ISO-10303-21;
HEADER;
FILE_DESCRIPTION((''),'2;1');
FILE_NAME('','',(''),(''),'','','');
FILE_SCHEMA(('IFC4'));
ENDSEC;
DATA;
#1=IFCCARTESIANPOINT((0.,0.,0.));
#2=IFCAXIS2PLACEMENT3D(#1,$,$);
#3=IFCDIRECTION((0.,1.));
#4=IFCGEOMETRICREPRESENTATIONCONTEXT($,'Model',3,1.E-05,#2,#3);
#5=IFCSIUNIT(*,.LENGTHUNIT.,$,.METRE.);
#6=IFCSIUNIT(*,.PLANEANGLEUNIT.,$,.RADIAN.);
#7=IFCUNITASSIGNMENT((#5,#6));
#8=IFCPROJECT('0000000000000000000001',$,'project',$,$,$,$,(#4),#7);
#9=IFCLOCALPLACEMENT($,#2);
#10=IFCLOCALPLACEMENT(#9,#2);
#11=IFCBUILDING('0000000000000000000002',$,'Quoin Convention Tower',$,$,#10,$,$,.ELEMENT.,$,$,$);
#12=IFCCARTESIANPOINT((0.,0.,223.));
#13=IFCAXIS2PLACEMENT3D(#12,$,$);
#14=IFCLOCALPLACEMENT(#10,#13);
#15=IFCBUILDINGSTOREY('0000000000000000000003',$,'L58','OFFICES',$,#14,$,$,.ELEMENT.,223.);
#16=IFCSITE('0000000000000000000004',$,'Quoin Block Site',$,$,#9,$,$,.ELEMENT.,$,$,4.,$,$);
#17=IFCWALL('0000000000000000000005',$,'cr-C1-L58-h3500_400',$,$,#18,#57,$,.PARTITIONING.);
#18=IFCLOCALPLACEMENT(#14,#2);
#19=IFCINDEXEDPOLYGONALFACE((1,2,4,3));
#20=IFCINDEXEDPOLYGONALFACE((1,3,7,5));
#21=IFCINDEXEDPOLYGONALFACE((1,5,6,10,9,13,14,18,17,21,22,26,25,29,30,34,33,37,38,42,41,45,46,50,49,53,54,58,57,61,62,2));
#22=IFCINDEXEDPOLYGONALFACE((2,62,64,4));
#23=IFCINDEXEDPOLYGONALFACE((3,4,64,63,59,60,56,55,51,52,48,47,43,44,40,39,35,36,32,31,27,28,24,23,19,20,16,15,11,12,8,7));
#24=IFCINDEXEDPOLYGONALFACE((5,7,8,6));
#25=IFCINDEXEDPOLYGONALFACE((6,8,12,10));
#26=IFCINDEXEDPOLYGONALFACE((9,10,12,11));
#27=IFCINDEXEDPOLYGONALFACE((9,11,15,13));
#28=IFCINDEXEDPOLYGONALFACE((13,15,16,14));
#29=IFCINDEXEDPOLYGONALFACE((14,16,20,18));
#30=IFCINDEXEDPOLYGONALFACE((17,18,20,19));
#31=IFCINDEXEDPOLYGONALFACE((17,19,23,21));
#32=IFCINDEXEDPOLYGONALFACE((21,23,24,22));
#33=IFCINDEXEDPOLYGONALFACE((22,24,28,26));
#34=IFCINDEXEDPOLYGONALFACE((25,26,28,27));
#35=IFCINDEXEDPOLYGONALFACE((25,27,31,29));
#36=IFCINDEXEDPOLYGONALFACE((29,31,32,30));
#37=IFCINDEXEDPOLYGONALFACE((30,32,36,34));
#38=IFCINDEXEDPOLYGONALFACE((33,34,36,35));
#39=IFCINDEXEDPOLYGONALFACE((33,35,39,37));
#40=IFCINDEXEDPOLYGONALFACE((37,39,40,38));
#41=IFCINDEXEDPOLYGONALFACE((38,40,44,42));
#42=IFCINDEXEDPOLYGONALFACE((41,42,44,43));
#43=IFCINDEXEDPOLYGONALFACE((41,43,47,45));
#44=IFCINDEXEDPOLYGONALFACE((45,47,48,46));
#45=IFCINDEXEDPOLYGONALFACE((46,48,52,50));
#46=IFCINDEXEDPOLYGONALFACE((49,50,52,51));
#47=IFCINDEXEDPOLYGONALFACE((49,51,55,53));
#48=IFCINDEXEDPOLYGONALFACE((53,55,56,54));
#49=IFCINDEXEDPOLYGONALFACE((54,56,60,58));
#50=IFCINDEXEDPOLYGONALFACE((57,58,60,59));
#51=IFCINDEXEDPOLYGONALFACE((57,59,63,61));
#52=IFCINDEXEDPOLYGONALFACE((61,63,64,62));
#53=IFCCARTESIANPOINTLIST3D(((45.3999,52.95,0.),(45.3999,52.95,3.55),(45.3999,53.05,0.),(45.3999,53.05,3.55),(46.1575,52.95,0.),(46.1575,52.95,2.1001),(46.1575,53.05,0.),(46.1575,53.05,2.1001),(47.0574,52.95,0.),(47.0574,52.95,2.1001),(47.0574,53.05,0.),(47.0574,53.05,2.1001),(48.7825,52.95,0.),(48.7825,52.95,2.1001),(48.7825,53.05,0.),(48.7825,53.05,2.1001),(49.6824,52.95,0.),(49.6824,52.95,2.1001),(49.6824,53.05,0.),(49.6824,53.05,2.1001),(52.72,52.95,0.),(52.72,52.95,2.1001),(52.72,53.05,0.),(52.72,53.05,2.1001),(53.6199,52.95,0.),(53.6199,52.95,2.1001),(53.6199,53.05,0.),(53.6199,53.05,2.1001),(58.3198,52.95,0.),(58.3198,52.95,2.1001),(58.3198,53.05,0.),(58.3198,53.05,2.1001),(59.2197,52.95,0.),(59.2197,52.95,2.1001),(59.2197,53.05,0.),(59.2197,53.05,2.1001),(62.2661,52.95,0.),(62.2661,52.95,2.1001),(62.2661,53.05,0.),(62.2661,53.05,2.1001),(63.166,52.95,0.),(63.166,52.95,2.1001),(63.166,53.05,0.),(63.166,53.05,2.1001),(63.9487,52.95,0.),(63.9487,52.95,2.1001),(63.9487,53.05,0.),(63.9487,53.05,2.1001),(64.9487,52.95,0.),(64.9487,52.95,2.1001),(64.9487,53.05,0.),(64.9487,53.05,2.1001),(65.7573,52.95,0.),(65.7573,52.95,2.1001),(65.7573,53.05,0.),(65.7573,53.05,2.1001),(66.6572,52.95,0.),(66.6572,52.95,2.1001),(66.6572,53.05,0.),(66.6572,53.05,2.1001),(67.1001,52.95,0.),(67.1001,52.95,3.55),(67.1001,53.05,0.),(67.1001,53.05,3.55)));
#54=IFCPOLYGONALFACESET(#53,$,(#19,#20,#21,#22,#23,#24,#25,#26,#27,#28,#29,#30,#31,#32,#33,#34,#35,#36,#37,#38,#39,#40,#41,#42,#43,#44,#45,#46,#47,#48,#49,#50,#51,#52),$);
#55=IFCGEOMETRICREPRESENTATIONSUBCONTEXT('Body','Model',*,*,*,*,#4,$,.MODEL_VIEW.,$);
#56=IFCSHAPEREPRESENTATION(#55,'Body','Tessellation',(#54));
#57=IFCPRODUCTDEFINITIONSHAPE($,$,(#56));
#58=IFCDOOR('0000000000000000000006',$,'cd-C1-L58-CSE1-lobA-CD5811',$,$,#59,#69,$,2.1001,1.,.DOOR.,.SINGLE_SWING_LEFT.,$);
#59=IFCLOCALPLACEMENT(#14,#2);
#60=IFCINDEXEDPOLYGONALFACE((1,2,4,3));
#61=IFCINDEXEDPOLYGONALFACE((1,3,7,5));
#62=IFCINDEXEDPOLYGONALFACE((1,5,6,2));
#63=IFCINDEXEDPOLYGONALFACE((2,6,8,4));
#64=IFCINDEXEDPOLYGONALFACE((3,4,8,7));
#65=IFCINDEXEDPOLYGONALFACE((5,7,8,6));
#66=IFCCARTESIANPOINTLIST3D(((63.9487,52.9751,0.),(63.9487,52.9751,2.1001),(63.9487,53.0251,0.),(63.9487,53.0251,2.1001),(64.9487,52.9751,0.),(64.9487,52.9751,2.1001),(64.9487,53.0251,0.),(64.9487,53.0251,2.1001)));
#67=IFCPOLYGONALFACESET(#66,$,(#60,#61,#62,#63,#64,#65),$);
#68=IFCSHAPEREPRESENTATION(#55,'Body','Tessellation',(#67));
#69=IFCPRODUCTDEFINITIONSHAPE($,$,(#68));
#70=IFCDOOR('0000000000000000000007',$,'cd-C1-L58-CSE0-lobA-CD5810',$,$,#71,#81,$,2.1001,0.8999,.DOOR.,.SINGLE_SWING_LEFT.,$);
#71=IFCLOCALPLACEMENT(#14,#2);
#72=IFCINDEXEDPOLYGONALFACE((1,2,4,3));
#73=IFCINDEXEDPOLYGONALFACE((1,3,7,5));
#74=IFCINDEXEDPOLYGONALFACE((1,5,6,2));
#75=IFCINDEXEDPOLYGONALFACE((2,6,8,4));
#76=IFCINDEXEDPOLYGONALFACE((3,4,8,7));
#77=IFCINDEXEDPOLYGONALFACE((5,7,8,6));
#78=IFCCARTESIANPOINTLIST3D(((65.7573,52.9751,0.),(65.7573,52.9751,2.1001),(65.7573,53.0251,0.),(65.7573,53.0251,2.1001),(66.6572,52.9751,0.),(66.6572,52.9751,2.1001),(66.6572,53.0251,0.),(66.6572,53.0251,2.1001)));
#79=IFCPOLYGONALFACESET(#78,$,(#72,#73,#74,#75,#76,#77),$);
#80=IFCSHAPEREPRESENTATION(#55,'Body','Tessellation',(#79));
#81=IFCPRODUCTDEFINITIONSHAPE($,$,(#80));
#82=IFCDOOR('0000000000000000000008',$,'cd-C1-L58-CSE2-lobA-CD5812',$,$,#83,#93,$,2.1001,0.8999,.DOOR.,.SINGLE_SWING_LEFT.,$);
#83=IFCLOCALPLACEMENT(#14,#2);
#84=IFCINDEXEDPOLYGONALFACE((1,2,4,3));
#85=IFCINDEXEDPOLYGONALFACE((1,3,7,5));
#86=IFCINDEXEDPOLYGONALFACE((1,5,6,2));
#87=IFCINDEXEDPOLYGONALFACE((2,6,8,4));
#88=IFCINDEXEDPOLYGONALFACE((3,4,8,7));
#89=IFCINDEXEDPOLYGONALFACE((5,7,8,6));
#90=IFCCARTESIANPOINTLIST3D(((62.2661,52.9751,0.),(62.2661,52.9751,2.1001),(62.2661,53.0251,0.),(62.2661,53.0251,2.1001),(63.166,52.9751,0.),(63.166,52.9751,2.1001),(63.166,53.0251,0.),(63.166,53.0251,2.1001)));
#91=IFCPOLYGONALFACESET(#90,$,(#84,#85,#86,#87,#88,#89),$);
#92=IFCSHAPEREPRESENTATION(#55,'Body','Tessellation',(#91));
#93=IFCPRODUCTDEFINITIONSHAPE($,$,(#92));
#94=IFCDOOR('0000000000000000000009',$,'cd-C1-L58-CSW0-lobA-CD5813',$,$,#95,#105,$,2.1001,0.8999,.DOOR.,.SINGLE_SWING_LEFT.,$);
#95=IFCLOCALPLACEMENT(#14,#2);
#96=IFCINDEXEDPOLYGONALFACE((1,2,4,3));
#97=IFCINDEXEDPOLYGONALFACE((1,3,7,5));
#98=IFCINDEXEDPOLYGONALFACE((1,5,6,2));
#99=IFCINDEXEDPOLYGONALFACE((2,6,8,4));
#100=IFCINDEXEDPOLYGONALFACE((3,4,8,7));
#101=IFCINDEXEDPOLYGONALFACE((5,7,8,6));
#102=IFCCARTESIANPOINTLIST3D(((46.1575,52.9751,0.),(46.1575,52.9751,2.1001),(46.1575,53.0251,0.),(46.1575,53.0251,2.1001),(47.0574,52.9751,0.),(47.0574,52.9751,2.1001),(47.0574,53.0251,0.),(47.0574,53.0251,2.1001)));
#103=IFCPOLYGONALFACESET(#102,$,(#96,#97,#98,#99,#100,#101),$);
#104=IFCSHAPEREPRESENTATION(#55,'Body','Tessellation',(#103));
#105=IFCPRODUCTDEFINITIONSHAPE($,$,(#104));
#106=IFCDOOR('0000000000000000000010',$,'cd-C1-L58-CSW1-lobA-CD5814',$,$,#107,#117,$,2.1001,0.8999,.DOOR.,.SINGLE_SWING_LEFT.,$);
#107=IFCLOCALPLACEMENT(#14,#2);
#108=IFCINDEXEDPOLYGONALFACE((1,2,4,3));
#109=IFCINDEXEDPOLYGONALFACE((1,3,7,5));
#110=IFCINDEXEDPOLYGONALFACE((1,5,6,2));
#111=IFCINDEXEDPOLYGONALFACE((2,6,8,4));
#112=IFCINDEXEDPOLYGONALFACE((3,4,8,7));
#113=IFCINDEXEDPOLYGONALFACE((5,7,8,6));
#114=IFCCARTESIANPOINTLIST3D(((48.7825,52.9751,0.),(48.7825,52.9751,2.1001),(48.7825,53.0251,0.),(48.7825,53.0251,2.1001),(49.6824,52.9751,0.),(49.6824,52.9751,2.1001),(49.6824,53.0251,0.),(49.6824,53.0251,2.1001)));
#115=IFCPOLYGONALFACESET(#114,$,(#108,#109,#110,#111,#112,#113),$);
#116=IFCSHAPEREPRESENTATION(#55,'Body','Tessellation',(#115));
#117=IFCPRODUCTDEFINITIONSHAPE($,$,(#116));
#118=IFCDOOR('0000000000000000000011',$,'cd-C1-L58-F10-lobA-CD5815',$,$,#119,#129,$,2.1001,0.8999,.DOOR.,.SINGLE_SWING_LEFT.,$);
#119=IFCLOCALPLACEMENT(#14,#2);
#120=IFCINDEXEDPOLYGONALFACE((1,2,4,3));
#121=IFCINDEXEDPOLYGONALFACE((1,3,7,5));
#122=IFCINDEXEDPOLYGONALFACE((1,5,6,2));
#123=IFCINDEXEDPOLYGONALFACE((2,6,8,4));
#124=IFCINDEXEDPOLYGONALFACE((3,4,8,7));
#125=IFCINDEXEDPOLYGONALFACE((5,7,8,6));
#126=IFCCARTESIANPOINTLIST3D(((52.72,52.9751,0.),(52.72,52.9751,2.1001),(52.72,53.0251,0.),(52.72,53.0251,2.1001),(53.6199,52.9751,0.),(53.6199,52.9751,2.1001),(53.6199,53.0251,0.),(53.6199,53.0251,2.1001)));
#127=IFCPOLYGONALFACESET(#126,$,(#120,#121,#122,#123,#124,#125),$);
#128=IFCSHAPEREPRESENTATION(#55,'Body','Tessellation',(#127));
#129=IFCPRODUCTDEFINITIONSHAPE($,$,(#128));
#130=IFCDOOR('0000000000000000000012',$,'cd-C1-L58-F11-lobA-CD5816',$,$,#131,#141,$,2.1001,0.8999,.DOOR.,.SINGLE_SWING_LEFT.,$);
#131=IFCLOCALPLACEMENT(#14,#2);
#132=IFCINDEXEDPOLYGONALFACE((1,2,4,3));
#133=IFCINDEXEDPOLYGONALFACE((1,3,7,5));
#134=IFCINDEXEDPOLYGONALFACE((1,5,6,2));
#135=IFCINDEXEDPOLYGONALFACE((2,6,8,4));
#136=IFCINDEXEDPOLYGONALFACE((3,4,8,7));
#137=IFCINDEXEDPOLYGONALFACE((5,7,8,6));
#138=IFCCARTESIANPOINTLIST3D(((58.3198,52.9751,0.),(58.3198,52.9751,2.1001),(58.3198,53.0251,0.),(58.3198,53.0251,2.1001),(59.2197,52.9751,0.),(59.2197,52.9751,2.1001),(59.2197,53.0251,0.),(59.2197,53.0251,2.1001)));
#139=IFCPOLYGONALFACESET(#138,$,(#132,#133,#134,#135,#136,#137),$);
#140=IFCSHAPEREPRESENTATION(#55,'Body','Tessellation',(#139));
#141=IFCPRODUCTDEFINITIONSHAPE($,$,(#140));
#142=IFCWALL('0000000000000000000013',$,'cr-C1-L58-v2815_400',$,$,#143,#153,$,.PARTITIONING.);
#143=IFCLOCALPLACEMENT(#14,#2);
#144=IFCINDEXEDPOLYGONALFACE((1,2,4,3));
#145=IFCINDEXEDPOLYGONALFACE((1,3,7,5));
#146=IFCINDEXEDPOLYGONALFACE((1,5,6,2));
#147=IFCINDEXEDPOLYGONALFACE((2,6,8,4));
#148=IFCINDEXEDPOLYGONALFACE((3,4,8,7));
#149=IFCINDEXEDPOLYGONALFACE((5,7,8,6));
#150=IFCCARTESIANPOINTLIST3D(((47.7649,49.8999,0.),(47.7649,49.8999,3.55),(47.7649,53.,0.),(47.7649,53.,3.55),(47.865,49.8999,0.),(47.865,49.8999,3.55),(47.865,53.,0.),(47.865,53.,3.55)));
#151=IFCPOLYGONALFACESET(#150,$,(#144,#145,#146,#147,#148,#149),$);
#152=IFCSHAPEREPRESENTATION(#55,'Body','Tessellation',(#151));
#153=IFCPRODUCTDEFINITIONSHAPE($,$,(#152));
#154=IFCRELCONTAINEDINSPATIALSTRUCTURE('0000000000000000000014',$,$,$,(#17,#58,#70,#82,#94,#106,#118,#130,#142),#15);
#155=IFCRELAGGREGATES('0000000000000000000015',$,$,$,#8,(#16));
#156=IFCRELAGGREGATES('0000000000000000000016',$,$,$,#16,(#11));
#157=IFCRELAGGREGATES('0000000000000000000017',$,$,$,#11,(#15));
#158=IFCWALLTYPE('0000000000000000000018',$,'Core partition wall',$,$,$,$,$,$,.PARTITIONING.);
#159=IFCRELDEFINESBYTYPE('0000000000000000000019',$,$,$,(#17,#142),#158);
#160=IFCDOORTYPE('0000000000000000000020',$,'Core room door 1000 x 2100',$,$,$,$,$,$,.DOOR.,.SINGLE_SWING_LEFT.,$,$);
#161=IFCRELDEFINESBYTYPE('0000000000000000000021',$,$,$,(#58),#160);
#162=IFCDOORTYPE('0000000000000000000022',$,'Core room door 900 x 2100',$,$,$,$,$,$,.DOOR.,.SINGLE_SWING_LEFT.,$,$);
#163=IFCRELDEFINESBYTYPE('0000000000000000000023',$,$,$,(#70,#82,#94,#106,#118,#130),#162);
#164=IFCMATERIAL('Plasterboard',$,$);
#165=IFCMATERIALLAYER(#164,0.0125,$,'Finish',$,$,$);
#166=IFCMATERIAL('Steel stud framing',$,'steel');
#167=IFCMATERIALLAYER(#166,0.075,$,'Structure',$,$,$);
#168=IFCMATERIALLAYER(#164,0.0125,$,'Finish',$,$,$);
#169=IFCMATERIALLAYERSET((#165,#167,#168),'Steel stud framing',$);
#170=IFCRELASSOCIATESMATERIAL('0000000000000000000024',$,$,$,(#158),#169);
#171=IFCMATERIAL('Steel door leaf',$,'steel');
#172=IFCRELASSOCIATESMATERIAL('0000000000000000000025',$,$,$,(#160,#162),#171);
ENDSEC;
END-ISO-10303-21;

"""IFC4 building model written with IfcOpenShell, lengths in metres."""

from ifc_helpers import new_model, si_unit, direction, frame, frame_2d, origin, place, context, subcontext, project, spatial, rectangle, extrude, material, layer, layer_set, type_object, element, fill, save


model = new_model("IFC4")

# Units and contexts
model_context = context("Model", 3, precision=1e-05, world=origin(), true_north=direction((0.0, 1.0)))
body_context = subcontext(model_context, "Body", "Model", "MODEL_VIEW")
ifc_project = project(units=[si_unit("LENGTHUNIT", "METRE"), si_unit("PLANEANGLEUNIT", "RADIAN")], contexts=[model_context])

# Site, building, storey
site_placement = place(None, origin())
site = spatial("IfcSite", under=ifc_project, at=site_placement, Name="Quoin Block Site", CompositionType="ELEMENT", RefElevation=4.0)
building_placement = place(site_placement, origin())
building = spatial("IfcBuilding", under=site, at=building_placement, Name="Quoin Convention Tower", CompositionType="ELEMENT")
storey_placement = place(building_placement, frame((0.0, 0.0, 223.0)))
storey = spatial("IfcBuildingStorey", under=building, at=storey_placement, Name="L58", Description="OFFICES", CompositionType="ELEMENT", Elevation=223.0)

# Wall, openings, doors
ifc_material_1 = material(Name="Plasterboard")
ifc_layer_1 = layer(ifc_material_1, 0.0125, Name="Finish")
ifc_material_2 = material(Name="Steel stud framing", Category="steel")
ifc_layer_2 = layer(ifc_material_2, 0.075, Name="Structure")
ifc_layer_3 = layer(ifc_material_1, 0.0125, Name="Finish")
ifc_layer_set_1 = layer_set([ifc_layer_1, ifc_layer_2, ifc_layer_3], Name="Steel stud framing")
wall_type_1 = type_object("IfcWallType", Name="Core partition wall", PredefinedType="PARTITIONING", material=ifc_layer_set_1)
wall_1_placement = place(storey_placement, frame((45.3999, 53.0, 0.0), z_axis=(0.0, 0.0, 1.0), x_axis=(1.0, 0.0, 0.0)))
wall_1 = element("IfcWall", 1, at=wall_1_placement, inside=storey, type_object=wall_type_1, Name="cr-C1-L58-h3500_400", PredefinedType="PARTITIONING", context=body_context, shape_type="SweptSolid", body=[
    extrude(rectangle(XDim=21.7002, YDim=0.1001, at=frame_2d((10.8501, 0.0))), origin(), (0.0, 0.0, 1.0), 3.55),
])
opening_1_placement = place(wall_1_placement, frame((20.3574, 0.0, 0.0)))
opening_1 = element("IfcOpeningElement", 2, at=opening_1_placement, cuts=wall_1, PredefinedType="OPENING", context=body_context, shape_type="SweptSolid", body=[
    extrude(rectangle(XDim=0.8999, YDim=2.1001, at=frame_2d((0.45, 1.05))), frame((0.0, 0.0601, 0.0), z_axis=(0.0, -1.0, 0.0), x_axis=(1.0, 0.0, 0.0)), (0.0, 0.0, 1.0), 0.1201),
])
opening_2_placement = place(wall_1_placement, frame((18.5488, 0.0, 0.0)))
opening_2 = element("IfcOpeningElement", 3, at=opening_2_placement, cuts=wall_1, PredefinedType="OPENING", context=body_context, shape_type="SweptSolid", body=[
    extrude(rectangle(XDim=1.0, YDim=2.1001, at=frame_2d((0.5, 1.05))), frame((0.0, 0.0601, 0.0), z_axis=(0.0, -1.0, 0.0), x_axis=(1.0, 0.0, 0.0)), (0.0, 0.0, 1.0), 0.1201),
])
opening_3_placement = place(wall_1_placement, frame((16.8662, 0.0, 0.0)))
opening_3 = element("IfcOpeningElement", 4, at=opening_3_placement, cuts=wall_1, PredefinedType="OPENING", context=body_context, shape_type="SweptSolid", body=[
    extrude(rectangle(XDim=0.8999, YDim=2.1001, at=frame_2d((0.45, 1.05))), frame((0.0, 0.0601, 0.0), z_axis=(0.0, -1.0, 0.0), x_axis=(1.0, 0.0, 0.0)), (0.0, 0.0, 1.0), 0.1201),
])
opening_4_placement = place(wall_1_placement, frame((0.7576, 0.0, 0.0)))
opening_4 = element("IfcOpeningElement", 5, at=opening_4_placement, cuts=wall_1, PredefinedType="OPENING", context=body_context, shape_type="SweptSolid", body=[
    extrude(rectangle(XDim=0.8999, YDim=2.1001, at=frame_2d((0.45, 1.05))), frame((0.0, 0.0601, 0.0), z_axis=(0.0, -1.0, 0.0), x_axis=(1.0, 0.0, 0.0)), (0.0, 0.0, 1.0), 0.1201),
])
opening_5_placement = place(wall_1_placement, frame((3.3826, 0.0, 0.0)))
opening_5 = element("IfcOpeningElement", 6, at=opening_5_placement, cuts=wall_1, PredefinedType="OPENING", context=body_context, shape_type="SweptSolid", body=[
    extrude(rectangle(XDim=0.8999, YDim=2.1001, at=frame_2d((0.45, 1.05))), frame((0.0, 0.0601, 0.0), z_axis=(0.0, -1.0, 0.0), x_axis=(1.0, 0.0, 0.0)), (0.0, 0.0, 1.0), 0.1201),
])
opening_6_placement = place(wall_1_placement, frame((7.3201, 0.0, 0.0)))
opening_6 = element("IfcOpeningElement", 7, at=opening_6_placement, cuts=wall_1, PredefinedType="OPENING", context=body_context, shape_type="SweptSolid", body=[
    extrude(rectangle(XDim=0.8999, YDim=2.1001, at=frame_2d((0.45, 1.05))), frame((0.0, 0.0601, 0.0), z_axis=(0.0, -1.0, 0.0), x_axis=(1.0, 0.0, 0.0)), (0.0, 0.0, 1.0), 0.1201),
])
opening_7_placement = place(wall_1_placement, frame((12.9199, 0.0, 0.0)))
opening_7 = element("IfcOpeningElement", 8, at=opening_7_placement, cuts=wall_1, PredefinedType="OPENING", context=body_context, shape_type="SweptSolid", body=[
    extrude(rectangle(XDim=0.8999, YDim=2.1001, at=frame_2d((0.45, 1.05))), frame((0.0, 0.0601, 0.0), z_axis=(0.0, -1.0, 0.0), x_axis=(1.0, 0.0, 0.0)), (0.0, 0.0, 1.0), 0.1201),
])
ifc_material_3 = material(Name="Steel door leaf", Category="steel")
door_type_1 = type_object("IfcDoorType", Name="Core room door 1000 x 2100", OperationType="SINGLE_SWING_LEFT", PredefinedType="DOOR", material=ifc_material_3)
door_1_placement = place(opening_2_placement, frame((1.0, 0.0, 0.0), z_axis=(0.0, 0.0, 1.0), x_axis=(-1.0, 0.0, 0.0)))
door_1 = element("IfcDoor", 9, at=door_1_placement, inside=storey, type_object=door_type_1, Name="cd-C1-L58-CSE1-lobA-CD5811", OperationType="SINGLE_SWING_LEFT", OverallHeight=2.1001, OverallWidth=1.0, PredefinedType="DOOR", context=body_context, shape_type="SweptSolid", body=[
    extrude(rectangle(XDim=1.0, YDim=2.1001, at=frame_2d((0.5, 1.05))), frame((0.0, 0.0249, 0.0), z_axis=(0.0, -1.0, 0.0), x_axis=(1.0, 0.0, 0.0)), (0.0, 0.0, 1.0), 0.05),
])
fill(opening_2, door_1)
door_type_2 = type_object("IfcDoorType", Name="Core room door 900 x 2100", OperationType="SINGLE_SWING_LEFT", PredefinedType="DOOR", material=ifc_material_3)
door_2_placement = place(opening_1_placement, frame((0.8999, 0.0, 0.0), z_axis=(0.0, 0.0, 1.0), x_axis=(-1.0, 0.0, 0.0)))
door_2 = element("IfcDoor", 10, at=door_2_placement, inside=storey, type_object=door_type_2, Name="cd-C1-L58-CSE0-lobA-CD5810", OperationType="SINGLE_SWING_LEFT", OverallHeight=2.1001, OverallWidth=0.8999, PredefinedType="DOOR", context=body_context, shape_type="SweptSolid", body=[
    extrude(rectangle(XDim=0.8999, YDim=2.1001, at=frame_2d((0.45, 1.05))), frame((0.0, 0.0249, 0.0), z_axis=(0.0, -1.0, 0.0), x_axis=(1.0, 0.0, 0.0)), (0.0, 0.0, 1.0), 0.05),
])
fill(opening_1, door_2)
door_3_placement = place(opening_3_placement, frame((0.8999, 0.0, 0.0), z_axis=(0.0, 0.0, 1.0), x_axis=(-1.0, 0.0, 0.0)))
door_3 = element("IfcDoor", 11, at=door_3_placement, inside=storey, type_object=door_type_2, Name="cd-C1-L58-CSE2-lobA-CD5812", OperationType="SINGLE_SWING_LEFT", OverallHeight=2.1001, OverallWidth=0.8999, PredefinedType="DOOR", context=body_context, shape_type="SweptSolid", body=[
    extrude(rectangle(XDim=0.8999, YDim=2.1001, at=frame_2d((0.45, 1.05))), frame((0.0, 0.0249, 0.0), z_axis=(0.0, -1.0, 0.0), x_axis=(1.0, 0.0, 0.0)), (0.0, 0.0, 1.0), 0.05),
])
fill(opening_3, door_3)
door_4_placement = place(opening_4_placement, frame((0.8999, 0.0, 0.0), z_axis=(0.0, 0.0, 1.0), x_axis=(-1.0, 0.0, 0.0)))
door_4 = element("IfcDoor", 12, at=door_4_placement, inside=storey, type_object=door_type_2, Name="cd-C1-L58-CSW0-lobA-CD5813", OperationType="SINGLE_SWING_LEFT", OverallHeight=2.1001, OverallWidth=0.8999, PredefinedType="DOOR", context=body_context, shape_type="SweptSolid", body=[
    extrude(rectangle(XDim=0.8999, YDim=2.1001, at=frame_2d((0.45, 1.05))), frame((0.0, 0.0249, 0.0), z_axis=(0.0, -1.0, 0.0), x_axis=(1.0, 0.0, 0.0)), (0.0, 0.0, 1.0), 0.05),
])
fill(opening_4, door_4)
door_5_placement = place(opening_5_placement, frame((0.8999, 0.0, 0.0), z_axis=(0.0, 0.0, 1.0), x_axis=(-1.0, 0.0, 0.0)))
door_5 = element("IfcDoor", 13, at=door_5_placement, inside=storey, type_object=door_type_2, Name="cd-C1-L58-CSW1-lobA-CD5814", OperationType="SINGLE_SWING_LEFT", OverallHeight=2.1001, OverallWidth=0.8999, PredefinedType="DOOR", context=body_context, shape_type="SweptSolid", body=[
    extrude(rectangle(XDim=0.8999, YDim=2.1001, at=frame_2d((0.45, 1.05))), frame((0.0, 0.0249, 0.0), z_axis=(0.0, -1.0, 0.0), x_axis=(1.0, 0.0, 0.0)), (0.0, 0.0, 1.0), 0.05),
])
fill(opening_5, door_5)
door_6_placement = place(opening_6_placement, frame((0.8999, 0.0, 0.0), z_axis=(0.0, 0.0, 1.0), x_axis=(-1.0, 0.0, 0.0)))
door_6 = element("IfcDoor", 14, at=door_6_placement, inside=storey, type_object=door_type_2, Name="cd-C1-L58-F10-lobA-CD5815", OperationType="SINGLE_SWING_LEFT", OverallHeight=2.1001, OverallWidth=0.8999, PredefinedType="DOOR", context=body_context, shape_type="SweptSolid", body=[
    extrude(rectangle(XDim=0.8999, YDim=2.1001, at=frame_2d((0.45, 1.05))), frame((0.0, 0.0249, 0.0), z_axis=(0.0, -1.0, 0.0), x_axis=(1.0, 0.0, 0.0)), (0.0, 0.0, 1.0), 0.05),
])
fill(opening_6, door_6)
door_7_placement = place(opening_7_placement, frame((0.8999, 0.0, 0.0), z_axis=(0.0, 0.0, 1.0), x_axis=(-1.0, 0.0, 0.0)))
door_7 = element("IfcDoor", 15, at=door_7_placement, inside=storey, type_object=door_type_2, Name="cd-C1-L58-F11-lobA-CD5816", OperationType="SINGLE_SWING_LEFT", OverallHeight=2.1001, OverallWidth=0.8999, PredefinedType="DOOR", context=body_context, shape_type="SweptSolid", body=[
    extrude(rectangle(XDim=0.8999, YDim=2.1001, at=frame_2d((0.45, 1.05))), frame((0.0, 0.0249, 0.0), z_axis=(0.0, -1.0, 0.0), x_axis=(1.0, 0.0, 0.0)), (0.0, 0.0, 1.0), 0.05),
])
fill(opening_7, door_7)

# Wall
wall_2_placement = place(storey_placement, frame((47.8149, 49.8999, 0.0), z_axis=(0.0, 0.0, 1.0), x_axis=(0.0, 1.0, 0.0)))
element("IfcWall", 16, at=wall_2_placement, inside=storey, type_object=wall_type_1, Name="cr-C1-L58-v2815_400", PredefinedType="PARTITIONING", context=body_context, shape_type="SweptSolid", body=[
    extrude(rectangle(XDim=3.1001, YDim=0.1001, at=frame_2d((1.55, 0.0))), origin(), (0.0, 0.0, 1.0), 3.55),
])

save(model, "model.ifc")
